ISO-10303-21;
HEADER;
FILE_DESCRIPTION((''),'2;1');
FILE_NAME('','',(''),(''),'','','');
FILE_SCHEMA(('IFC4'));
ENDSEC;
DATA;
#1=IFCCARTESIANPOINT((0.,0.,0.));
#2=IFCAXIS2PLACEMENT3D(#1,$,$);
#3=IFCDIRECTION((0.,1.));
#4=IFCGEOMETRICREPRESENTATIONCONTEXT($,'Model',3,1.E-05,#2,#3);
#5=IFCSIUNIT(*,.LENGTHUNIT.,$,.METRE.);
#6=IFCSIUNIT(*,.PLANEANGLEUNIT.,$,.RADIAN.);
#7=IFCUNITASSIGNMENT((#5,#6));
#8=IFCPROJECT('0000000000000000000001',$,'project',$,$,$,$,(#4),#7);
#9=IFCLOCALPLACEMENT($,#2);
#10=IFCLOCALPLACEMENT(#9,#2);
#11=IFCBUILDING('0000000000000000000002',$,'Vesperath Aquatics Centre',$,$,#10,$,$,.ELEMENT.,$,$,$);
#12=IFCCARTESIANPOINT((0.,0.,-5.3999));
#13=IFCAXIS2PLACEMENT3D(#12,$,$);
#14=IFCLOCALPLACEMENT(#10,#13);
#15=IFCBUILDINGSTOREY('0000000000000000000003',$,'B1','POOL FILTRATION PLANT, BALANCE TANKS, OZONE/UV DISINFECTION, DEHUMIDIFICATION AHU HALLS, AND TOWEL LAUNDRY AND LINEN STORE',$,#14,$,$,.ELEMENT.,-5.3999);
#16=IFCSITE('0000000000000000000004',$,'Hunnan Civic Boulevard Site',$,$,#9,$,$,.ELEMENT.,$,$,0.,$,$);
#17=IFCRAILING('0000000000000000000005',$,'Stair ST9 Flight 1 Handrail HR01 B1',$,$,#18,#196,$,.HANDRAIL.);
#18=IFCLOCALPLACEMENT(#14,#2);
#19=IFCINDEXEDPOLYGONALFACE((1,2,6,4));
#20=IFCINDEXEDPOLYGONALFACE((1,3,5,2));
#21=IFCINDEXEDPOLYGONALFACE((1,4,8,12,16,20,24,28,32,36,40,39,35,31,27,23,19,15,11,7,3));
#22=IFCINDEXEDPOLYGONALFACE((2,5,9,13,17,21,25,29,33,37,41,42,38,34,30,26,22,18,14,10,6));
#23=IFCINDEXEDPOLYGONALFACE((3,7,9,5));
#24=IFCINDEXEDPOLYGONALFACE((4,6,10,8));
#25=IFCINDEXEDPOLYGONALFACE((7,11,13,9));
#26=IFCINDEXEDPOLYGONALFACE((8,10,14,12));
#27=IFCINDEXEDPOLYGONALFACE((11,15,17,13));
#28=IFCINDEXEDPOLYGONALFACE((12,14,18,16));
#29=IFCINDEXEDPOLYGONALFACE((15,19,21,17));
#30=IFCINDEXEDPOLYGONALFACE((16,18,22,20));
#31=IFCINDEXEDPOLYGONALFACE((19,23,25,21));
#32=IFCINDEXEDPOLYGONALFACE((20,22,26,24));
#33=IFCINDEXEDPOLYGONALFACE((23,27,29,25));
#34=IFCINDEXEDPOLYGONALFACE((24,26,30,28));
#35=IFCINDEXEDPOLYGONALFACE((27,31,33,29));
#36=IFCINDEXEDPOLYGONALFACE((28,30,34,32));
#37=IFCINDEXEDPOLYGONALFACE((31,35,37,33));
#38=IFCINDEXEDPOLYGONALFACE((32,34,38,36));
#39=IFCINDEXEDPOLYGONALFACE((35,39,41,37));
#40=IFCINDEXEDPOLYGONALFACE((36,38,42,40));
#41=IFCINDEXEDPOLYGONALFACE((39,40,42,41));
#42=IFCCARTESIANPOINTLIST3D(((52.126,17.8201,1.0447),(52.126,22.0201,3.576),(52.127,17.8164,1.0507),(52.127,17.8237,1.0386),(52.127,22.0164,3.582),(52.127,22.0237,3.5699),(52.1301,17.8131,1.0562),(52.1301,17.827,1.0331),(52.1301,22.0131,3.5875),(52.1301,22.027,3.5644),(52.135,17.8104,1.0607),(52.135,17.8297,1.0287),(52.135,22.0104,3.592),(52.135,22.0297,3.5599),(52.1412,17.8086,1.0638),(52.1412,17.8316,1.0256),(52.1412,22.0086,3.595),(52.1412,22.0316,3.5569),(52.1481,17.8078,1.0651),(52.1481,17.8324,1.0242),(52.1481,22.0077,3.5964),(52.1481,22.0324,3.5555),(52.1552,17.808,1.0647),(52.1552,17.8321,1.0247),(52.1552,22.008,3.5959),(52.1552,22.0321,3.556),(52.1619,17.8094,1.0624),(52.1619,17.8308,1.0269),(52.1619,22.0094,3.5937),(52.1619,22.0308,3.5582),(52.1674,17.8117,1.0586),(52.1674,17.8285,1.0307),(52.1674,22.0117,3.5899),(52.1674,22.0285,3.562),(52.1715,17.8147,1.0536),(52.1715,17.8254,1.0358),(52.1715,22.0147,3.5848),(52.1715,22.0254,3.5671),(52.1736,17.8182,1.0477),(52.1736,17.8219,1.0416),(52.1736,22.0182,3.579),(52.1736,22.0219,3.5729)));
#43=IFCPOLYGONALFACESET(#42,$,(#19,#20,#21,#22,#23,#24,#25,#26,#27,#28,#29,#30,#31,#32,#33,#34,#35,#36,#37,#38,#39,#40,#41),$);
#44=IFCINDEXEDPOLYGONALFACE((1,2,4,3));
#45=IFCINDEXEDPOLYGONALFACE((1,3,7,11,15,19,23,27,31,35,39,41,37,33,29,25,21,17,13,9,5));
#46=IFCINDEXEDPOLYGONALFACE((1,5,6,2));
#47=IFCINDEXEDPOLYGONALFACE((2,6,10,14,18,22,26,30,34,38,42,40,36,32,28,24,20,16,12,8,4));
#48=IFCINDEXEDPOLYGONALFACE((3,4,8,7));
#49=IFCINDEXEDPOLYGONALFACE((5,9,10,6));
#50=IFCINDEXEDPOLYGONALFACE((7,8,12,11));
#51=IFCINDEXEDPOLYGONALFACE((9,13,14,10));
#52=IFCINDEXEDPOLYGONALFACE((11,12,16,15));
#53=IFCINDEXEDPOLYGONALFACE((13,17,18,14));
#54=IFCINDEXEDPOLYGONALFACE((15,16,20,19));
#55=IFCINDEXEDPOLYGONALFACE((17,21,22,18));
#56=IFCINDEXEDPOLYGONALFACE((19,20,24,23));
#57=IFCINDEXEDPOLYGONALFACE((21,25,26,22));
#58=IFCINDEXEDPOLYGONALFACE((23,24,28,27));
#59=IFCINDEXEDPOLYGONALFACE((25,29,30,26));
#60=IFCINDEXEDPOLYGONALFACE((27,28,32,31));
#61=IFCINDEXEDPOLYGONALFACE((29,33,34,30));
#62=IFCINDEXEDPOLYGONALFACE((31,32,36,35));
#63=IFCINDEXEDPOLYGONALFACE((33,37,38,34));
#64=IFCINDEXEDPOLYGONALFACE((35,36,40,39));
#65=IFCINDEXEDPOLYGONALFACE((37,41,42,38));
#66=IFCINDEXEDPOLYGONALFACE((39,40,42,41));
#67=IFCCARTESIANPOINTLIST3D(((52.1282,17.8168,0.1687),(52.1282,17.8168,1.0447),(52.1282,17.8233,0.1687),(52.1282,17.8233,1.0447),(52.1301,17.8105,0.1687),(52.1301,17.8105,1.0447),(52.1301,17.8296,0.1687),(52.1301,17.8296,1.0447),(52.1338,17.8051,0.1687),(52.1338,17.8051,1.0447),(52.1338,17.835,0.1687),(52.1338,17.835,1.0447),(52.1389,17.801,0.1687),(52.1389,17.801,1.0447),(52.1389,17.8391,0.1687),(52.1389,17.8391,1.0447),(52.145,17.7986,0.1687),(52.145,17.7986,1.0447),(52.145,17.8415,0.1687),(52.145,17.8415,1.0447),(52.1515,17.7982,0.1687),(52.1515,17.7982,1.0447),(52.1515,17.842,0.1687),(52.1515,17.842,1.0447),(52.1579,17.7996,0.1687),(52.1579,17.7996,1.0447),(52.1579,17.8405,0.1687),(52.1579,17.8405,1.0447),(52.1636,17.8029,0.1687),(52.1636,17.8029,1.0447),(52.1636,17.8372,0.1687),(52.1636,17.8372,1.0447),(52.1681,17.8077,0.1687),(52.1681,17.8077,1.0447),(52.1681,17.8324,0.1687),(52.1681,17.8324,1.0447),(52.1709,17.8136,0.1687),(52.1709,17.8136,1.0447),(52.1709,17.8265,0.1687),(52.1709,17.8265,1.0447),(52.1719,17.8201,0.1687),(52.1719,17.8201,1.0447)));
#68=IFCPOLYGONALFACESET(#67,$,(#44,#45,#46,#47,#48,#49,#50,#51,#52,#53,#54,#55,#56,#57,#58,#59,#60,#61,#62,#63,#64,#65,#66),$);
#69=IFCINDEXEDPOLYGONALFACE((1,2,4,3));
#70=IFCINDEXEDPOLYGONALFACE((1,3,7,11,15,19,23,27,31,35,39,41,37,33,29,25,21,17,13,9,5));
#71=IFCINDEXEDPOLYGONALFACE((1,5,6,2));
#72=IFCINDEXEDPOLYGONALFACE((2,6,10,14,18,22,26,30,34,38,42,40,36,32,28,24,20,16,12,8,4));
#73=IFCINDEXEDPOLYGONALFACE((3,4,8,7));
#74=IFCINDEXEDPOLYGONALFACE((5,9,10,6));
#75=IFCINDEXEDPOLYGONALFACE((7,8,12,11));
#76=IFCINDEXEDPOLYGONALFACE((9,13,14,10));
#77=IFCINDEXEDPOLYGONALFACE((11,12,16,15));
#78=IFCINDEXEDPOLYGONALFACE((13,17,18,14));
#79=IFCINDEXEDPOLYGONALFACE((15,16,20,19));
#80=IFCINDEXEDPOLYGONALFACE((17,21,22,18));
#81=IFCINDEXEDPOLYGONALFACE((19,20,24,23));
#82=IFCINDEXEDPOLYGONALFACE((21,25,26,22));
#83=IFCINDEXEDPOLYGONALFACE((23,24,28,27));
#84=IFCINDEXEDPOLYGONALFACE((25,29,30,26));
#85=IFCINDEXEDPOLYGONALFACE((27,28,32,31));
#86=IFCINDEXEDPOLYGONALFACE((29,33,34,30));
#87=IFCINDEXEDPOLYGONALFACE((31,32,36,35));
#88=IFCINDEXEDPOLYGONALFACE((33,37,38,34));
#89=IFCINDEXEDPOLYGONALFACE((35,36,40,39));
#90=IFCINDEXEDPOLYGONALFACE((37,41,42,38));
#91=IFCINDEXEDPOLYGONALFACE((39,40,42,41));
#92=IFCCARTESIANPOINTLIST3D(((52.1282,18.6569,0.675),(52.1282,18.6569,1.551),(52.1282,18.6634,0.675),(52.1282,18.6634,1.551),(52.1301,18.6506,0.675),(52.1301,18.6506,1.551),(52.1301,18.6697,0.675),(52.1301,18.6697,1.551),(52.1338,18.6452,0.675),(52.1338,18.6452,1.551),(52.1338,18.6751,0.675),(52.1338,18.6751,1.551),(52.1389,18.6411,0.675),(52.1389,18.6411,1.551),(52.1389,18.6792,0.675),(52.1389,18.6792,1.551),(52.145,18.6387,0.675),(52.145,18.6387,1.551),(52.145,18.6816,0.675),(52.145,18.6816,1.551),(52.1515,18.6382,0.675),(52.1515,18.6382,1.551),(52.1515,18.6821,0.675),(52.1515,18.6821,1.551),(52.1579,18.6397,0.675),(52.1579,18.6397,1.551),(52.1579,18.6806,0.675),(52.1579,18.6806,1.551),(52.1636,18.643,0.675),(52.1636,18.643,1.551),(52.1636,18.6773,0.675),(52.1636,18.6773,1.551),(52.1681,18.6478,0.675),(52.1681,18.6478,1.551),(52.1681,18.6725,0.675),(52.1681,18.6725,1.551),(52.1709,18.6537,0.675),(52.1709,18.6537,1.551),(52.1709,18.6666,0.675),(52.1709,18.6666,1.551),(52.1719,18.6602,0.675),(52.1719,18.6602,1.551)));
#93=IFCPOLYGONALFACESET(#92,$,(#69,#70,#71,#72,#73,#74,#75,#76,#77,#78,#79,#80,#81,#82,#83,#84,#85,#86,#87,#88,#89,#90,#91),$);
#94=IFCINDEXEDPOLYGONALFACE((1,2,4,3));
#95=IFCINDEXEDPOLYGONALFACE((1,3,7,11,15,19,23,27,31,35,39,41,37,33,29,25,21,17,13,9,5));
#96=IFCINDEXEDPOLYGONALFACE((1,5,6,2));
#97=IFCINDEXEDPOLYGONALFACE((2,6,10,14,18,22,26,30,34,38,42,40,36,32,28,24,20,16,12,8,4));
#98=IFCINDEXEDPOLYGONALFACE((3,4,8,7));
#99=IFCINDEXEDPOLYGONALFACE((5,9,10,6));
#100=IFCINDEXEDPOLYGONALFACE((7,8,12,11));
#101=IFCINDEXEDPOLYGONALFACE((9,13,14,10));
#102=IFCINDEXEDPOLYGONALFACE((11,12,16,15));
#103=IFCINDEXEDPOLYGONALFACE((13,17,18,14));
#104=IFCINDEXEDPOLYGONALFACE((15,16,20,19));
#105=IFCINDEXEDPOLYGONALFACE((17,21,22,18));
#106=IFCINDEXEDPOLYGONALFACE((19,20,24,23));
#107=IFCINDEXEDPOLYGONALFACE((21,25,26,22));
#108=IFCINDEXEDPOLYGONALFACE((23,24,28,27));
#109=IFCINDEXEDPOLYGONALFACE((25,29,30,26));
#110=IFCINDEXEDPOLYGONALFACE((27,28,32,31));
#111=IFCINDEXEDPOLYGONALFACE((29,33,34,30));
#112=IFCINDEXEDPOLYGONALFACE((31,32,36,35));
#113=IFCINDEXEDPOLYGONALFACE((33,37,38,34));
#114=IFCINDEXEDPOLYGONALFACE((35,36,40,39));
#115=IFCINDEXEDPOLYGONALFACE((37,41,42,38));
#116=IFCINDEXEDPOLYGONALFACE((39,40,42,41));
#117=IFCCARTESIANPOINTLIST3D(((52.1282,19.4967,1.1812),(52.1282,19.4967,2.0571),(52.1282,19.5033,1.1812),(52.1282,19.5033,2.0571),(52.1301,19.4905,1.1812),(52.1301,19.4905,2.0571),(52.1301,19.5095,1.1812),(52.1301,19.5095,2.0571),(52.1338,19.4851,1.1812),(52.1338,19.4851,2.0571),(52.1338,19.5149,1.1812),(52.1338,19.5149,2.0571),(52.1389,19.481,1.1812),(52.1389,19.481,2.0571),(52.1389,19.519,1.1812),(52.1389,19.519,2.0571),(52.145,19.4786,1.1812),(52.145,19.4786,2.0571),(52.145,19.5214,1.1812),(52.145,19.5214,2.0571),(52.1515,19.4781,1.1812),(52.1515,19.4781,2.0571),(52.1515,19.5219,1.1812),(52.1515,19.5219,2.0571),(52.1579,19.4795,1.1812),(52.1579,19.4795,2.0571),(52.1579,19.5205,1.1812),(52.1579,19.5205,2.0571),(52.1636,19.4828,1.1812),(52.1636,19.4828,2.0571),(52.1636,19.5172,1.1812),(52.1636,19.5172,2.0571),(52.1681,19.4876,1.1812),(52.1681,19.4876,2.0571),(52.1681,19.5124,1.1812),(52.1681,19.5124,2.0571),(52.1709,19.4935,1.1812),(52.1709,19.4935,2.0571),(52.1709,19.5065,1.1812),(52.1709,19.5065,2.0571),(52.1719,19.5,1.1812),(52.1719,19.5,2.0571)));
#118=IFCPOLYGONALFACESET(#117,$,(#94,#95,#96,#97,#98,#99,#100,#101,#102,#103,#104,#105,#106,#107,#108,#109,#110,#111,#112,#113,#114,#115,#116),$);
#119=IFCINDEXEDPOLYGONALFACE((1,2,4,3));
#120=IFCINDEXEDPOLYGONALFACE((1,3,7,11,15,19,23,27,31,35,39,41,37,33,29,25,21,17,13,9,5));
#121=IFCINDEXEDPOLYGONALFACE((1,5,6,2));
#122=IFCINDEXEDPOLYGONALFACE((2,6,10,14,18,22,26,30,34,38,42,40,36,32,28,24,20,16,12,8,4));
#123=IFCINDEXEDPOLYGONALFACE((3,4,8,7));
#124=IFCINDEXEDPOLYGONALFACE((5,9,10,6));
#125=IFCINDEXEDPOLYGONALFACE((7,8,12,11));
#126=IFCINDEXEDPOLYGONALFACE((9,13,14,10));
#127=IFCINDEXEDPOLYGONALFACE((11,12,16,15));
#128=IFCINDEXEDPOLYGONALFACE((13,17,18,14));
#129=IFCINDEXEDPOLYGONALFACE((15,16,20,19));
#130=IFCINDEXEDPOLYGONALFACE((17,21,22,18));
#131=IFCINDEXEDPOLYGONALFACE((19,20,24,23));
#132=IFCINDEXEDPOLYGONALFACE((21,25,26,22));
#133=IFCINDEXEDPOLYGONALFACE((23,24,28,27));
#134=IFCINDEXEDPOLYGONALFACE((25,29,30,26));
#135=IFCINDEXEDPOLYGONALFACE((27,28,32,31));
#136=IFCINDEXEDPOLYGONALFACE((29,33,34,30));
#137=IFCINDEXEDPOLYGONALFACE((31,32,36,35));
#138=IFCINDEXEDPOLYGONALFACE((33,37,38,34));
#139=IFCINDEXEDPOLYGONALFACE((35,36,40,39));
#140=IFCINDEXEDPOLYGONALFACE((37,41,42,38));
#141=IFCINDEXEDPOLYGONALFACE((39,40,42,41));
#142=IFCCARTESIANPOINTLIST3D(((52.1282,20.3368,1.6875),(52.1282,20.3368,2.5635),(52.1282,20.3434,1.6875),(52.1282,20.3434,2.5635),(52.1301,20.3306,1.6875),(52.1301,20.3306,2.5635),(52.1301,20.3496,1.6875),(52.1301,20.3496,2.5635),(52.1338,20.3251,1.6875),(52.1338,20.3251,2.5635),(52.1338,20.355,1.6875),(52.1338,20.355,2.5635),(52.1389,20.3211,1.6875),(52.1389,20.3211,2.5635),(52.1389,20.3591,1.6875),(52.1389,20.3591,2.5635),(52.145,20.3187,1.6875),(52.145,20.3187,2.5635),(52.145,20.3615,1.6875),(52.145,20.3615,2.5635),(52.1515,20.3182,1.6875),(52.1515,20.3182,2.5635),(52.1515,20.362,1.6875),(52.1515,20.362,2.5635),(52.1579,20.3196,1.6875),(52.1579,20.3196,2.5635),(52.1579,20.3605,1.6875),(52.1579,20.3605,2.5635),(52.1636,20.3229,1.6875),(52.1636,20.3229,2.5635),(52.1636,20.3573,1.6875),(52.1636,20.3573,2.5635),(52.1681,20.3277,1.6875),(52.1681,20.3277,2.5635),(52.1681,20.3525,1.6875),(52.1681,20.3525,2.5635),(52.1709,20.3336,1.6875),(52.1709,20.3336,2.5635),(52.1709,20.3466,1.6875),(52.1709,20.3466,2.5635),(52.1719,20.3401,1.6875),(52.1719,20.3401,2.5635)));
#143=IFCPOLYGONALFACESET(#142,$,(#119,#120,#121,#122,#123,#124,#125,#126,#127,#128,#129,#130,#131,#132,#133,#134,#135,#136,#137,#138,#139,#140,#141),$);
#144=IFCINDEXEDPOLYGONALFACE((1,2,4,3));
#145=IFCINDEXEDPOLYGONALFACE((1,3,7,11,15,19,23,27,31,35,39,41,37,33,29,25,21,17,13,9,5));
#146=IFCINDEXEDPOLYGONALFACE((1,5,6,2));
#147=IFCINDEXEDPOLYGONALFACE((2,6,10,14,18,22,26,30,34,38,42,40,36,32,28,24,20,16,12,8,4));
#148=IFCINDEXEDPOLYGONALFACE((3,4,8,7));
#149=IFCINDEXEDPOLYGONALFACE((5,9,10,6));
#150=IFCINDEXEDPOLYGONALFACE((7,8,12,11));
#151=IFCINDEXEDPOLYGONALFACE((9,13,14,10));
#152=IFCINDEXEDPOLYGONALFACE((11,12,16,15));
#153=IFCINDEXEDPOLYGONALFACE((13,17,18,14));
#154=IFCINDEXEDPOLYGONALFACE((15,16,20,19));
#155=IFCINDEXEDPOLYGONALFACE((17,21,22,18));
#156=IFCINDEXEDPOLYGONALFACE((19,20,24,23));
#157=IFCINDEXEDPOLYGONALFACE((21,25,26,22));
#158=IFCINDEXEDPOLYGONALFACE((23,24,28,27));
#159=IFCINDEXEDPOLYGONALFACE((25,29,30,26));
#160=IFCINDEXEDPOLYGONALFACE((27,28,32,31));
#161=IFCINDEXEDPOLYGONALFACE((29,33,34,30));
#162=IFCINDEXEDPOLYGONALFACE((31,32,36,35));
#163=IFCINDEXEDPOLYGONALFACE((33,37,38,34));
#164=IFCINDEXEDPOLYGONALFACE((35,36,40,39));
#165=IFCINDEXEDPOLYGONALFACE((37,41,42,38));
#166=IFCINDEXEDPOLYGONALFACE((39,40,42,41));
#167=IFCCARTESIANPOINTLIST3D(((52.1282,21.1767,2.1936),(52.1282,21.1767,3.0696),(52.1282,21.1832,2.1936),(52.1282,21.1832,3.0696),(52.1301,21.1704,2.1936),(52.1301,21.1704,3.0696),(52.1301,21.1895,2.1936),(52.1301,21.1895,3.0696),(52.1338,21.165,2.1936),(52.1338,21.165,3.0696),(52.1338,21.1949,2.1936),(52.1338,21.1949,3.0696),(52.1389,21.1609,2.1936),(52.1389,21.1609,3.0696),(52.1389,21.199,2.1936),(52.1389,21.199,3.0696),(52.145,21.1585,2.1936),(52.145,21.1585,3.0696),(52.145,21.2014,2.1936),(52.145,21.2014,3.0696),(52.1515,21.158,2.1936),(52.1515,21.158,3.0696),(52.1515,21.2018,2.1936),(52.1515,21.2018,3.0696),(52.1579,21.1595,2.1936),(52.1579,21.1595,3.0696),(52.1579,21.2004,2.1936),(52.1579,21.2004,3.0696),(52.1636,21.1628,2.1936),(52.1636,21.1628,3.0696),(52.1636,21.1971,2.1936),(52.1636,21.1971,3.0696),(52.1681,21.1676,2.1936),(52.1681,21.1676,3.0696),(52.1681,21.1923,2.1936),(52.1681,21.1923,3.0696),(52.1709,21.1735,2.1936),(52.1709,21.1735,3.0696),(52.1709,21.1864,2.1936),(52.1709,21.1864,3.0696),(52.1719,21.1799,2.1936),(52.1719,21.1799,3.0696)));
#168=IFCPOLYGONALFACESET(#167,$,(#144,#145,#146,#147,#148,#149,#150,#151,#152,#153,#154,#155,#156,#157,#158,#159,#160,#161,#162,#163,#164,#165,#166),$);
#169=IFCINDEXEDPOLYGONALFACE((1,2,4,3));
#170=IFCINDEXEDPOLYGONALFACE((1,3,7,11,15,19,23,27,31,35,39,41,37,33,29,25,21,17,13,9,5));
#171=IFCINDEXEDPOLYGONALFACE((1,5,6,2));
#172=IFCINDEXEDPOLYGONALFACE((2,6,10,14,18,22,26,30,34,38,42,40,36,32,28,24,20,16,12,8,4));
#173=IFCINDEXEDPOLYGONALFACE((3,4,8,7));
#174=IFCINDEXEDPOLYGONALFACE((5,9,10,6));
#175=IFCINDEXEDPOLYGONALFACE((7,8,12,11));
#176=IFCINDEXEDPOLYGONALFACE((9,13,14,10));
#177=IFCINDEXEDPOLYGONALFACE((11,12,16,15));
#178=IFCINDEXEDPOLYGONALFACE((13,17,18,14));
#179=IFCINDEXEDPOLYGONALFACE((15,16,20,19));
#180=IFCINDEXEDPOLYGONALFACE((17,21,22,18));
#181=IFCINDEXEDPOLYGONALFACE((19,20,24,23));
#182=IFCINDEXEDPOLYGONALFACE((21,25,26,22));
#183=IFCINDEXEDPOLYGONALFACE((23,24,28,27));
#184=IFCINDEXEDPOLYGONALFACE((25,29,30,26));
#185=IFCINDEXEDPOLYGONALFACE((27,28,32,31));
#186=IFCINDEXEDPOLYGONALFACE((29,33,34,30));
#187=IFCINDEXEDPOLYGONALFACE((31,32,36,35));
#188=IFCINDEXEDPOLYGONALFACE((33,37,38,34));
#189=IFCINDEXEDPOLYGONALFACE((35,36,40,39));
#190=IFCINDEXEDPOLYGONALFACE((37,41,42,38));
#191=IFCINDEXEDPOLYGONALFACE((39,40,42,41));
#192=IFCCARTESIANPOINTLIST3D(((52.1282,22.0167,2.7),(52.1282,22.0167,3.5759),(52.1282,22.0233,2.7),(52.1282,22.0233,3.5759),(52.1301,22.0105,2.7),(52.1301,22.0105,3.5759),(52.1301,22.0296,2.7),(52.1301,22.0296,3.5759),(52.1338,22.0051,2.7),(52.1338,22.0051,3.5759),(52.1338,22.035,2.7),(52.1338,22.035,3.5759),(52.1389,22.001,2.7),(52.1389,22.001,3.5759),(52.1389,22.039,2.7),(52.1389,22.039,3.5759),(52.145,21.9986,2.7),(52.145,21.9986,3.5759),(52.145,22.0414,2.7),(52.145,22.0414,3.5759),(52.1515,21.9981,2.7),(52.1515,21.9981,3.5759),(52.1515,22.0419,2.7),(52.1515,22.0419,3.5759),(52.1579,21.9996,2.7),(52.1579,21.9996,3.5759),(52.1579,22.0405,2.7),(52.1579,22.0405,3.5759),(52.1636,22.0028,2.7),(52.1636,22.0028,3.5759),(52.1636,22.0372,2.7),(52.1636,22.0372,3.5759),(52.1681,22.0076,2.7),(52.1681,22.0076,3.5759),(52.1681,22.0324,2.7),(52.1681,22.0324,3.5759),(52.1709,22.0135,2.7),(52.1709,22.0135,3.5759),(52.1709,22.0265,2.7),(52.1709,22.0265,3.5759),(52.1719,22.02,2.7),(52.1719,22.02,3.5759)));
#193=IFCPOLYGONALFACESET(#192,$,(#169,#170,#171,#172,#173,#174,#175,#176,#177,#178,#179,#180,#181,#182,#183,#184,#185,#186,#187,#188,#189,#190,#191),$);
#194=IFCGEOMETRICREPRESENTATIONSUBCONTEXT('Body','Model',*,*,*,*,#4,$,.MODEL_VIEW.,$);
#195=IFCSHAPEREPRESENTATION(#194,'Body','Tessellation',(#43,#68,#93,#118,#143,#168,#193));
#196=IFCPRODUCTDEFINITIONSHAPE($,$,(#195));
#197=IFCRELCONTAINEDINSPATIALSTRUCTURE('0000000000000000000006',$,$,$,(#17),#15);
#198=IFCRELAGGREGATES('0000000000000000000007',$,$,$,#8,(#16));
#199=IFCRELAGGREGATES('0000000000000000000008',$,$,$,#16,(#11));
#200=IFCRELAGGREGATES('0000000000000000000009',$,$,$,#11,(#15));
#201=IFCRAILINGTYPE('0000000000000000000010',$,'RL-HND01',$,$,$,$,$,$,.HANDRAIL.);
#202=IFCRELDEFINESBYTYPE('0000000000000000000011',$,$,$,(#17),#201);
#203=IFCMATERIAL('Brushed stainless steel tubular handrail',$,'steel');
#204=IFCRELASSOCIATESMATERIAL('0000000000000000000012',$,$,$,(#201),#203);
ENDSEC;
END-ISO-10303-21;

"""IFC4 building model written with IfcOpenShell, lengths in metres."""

from ifc_helpers import new_model, si_unit, direction, frame, origin, origin_2d, place, context, subcontext, project, spatial, circle, extrude, material, type_object, element, save


model = new_model("IFC4")

# Units and contexts
model_context = context("Model", 3, precision=1e-05, world=origin(), true_north=direction((0.0, 1.0)))
body_context = subcontext(model_context, "Body", "Model", "MODEL_VIEW")
ifc_project = project(units=[si_unit("LENGTHUNIT", "METRE"), si_unit("PLANEANGLEUNIT", "RADIAN")], contexts=[model_context])

# Site, building, storey
site_placement = place(None, origin())
site = spatial("IfcSite", under=ifc_project, at=site_placement, Name="Hunnan Civic Boulevard Site", CompositionType="ELEMENT", RefElevation=0.0)
building_placement = place(site_placement, origin())
building = spatial("IfcBuilding", under=site, at=building_placement, Name="Vesperath Aquatics Centre", CompositionType="ELEMENT")
storey_placement = place(building_placement, frame((0.0, 0.0, -5.3999)))
storey = spatial("IfcBuildingStorey", under=building, at=storey_placement, Name="B1", Description="POOL FILTRATION PLANT, BALANCE TANKS, OZONE/UV DISINFECTION, DEHUMIDIFICATION AHU HALLS, AND TOWEL LAUNDRY AND LINEN STORE", CompositionType="ELEMENT", Elevation=-5.3999)

# Railing
ifc_material_1 = material(Name="Brushed stainless steel tubular handrail", Category="steel")
railing_type_1 = type_object("IfcRailingType", Name="RL-HND01", PredefinedType="HANDRAIL", material=ifc_material_1)
railing_1_placement = place(storey_placement, frame((52.1499, 17.8201, 0.1687)))
element("IfcRailing", 1, at=railing_1_placement, inside=storey, type_object=railing_type_1, Name="Stair ST9 Flight 1 Handrail HR01 B1", PredefinedType="HANDRAIL", context=body_context, shape_type="SweptSolid", body=[
    extrude(circle(Radius=0.0239, at=origin_2d()), frame((0.0, 0.0, 0.876), z_axis=(0.0, 0.856476, 0.516186), x_axis=(-1.0, 0.0, 0.0)), (0.0, 0.0, 1.0), 4.9038),
    extrude(circle(Radius=0.022, at=origin_2d()), origin(), (0.0, 0.0, 1.0), 0.876),
    extrude(circle(Radius=0.022, at=origin_2d()), frame((0.0, 0.8401, 0.5063)), (0.0, 0.0, 1.0), 0.876),
    extrude(circle(Radius=0.022, at=origin_2d()), frame((0.0, 1.6799, 1.0125)), (0.0, 0.0, 1.0), 0.876),
    extrude(circle(Radius=0.022, at=origin_2d()), frame((0.0, 2.52, 1.5188)), (0.0, 0.0, 1.0), 0.876),
    extrude(circle(Radius=0.022, at=origin_2d()), frame((0.0, 3.3599, 2.0249)), (0.0, 0.0, 1.0), 0.876),
    extrude(circle(Radius=0.022, at=origin_2d()), frame((0.0, 4.2, 2.5312)), (0.0, 0.0, 1.0), 0.876),
])

save(model, "model.ifc")
